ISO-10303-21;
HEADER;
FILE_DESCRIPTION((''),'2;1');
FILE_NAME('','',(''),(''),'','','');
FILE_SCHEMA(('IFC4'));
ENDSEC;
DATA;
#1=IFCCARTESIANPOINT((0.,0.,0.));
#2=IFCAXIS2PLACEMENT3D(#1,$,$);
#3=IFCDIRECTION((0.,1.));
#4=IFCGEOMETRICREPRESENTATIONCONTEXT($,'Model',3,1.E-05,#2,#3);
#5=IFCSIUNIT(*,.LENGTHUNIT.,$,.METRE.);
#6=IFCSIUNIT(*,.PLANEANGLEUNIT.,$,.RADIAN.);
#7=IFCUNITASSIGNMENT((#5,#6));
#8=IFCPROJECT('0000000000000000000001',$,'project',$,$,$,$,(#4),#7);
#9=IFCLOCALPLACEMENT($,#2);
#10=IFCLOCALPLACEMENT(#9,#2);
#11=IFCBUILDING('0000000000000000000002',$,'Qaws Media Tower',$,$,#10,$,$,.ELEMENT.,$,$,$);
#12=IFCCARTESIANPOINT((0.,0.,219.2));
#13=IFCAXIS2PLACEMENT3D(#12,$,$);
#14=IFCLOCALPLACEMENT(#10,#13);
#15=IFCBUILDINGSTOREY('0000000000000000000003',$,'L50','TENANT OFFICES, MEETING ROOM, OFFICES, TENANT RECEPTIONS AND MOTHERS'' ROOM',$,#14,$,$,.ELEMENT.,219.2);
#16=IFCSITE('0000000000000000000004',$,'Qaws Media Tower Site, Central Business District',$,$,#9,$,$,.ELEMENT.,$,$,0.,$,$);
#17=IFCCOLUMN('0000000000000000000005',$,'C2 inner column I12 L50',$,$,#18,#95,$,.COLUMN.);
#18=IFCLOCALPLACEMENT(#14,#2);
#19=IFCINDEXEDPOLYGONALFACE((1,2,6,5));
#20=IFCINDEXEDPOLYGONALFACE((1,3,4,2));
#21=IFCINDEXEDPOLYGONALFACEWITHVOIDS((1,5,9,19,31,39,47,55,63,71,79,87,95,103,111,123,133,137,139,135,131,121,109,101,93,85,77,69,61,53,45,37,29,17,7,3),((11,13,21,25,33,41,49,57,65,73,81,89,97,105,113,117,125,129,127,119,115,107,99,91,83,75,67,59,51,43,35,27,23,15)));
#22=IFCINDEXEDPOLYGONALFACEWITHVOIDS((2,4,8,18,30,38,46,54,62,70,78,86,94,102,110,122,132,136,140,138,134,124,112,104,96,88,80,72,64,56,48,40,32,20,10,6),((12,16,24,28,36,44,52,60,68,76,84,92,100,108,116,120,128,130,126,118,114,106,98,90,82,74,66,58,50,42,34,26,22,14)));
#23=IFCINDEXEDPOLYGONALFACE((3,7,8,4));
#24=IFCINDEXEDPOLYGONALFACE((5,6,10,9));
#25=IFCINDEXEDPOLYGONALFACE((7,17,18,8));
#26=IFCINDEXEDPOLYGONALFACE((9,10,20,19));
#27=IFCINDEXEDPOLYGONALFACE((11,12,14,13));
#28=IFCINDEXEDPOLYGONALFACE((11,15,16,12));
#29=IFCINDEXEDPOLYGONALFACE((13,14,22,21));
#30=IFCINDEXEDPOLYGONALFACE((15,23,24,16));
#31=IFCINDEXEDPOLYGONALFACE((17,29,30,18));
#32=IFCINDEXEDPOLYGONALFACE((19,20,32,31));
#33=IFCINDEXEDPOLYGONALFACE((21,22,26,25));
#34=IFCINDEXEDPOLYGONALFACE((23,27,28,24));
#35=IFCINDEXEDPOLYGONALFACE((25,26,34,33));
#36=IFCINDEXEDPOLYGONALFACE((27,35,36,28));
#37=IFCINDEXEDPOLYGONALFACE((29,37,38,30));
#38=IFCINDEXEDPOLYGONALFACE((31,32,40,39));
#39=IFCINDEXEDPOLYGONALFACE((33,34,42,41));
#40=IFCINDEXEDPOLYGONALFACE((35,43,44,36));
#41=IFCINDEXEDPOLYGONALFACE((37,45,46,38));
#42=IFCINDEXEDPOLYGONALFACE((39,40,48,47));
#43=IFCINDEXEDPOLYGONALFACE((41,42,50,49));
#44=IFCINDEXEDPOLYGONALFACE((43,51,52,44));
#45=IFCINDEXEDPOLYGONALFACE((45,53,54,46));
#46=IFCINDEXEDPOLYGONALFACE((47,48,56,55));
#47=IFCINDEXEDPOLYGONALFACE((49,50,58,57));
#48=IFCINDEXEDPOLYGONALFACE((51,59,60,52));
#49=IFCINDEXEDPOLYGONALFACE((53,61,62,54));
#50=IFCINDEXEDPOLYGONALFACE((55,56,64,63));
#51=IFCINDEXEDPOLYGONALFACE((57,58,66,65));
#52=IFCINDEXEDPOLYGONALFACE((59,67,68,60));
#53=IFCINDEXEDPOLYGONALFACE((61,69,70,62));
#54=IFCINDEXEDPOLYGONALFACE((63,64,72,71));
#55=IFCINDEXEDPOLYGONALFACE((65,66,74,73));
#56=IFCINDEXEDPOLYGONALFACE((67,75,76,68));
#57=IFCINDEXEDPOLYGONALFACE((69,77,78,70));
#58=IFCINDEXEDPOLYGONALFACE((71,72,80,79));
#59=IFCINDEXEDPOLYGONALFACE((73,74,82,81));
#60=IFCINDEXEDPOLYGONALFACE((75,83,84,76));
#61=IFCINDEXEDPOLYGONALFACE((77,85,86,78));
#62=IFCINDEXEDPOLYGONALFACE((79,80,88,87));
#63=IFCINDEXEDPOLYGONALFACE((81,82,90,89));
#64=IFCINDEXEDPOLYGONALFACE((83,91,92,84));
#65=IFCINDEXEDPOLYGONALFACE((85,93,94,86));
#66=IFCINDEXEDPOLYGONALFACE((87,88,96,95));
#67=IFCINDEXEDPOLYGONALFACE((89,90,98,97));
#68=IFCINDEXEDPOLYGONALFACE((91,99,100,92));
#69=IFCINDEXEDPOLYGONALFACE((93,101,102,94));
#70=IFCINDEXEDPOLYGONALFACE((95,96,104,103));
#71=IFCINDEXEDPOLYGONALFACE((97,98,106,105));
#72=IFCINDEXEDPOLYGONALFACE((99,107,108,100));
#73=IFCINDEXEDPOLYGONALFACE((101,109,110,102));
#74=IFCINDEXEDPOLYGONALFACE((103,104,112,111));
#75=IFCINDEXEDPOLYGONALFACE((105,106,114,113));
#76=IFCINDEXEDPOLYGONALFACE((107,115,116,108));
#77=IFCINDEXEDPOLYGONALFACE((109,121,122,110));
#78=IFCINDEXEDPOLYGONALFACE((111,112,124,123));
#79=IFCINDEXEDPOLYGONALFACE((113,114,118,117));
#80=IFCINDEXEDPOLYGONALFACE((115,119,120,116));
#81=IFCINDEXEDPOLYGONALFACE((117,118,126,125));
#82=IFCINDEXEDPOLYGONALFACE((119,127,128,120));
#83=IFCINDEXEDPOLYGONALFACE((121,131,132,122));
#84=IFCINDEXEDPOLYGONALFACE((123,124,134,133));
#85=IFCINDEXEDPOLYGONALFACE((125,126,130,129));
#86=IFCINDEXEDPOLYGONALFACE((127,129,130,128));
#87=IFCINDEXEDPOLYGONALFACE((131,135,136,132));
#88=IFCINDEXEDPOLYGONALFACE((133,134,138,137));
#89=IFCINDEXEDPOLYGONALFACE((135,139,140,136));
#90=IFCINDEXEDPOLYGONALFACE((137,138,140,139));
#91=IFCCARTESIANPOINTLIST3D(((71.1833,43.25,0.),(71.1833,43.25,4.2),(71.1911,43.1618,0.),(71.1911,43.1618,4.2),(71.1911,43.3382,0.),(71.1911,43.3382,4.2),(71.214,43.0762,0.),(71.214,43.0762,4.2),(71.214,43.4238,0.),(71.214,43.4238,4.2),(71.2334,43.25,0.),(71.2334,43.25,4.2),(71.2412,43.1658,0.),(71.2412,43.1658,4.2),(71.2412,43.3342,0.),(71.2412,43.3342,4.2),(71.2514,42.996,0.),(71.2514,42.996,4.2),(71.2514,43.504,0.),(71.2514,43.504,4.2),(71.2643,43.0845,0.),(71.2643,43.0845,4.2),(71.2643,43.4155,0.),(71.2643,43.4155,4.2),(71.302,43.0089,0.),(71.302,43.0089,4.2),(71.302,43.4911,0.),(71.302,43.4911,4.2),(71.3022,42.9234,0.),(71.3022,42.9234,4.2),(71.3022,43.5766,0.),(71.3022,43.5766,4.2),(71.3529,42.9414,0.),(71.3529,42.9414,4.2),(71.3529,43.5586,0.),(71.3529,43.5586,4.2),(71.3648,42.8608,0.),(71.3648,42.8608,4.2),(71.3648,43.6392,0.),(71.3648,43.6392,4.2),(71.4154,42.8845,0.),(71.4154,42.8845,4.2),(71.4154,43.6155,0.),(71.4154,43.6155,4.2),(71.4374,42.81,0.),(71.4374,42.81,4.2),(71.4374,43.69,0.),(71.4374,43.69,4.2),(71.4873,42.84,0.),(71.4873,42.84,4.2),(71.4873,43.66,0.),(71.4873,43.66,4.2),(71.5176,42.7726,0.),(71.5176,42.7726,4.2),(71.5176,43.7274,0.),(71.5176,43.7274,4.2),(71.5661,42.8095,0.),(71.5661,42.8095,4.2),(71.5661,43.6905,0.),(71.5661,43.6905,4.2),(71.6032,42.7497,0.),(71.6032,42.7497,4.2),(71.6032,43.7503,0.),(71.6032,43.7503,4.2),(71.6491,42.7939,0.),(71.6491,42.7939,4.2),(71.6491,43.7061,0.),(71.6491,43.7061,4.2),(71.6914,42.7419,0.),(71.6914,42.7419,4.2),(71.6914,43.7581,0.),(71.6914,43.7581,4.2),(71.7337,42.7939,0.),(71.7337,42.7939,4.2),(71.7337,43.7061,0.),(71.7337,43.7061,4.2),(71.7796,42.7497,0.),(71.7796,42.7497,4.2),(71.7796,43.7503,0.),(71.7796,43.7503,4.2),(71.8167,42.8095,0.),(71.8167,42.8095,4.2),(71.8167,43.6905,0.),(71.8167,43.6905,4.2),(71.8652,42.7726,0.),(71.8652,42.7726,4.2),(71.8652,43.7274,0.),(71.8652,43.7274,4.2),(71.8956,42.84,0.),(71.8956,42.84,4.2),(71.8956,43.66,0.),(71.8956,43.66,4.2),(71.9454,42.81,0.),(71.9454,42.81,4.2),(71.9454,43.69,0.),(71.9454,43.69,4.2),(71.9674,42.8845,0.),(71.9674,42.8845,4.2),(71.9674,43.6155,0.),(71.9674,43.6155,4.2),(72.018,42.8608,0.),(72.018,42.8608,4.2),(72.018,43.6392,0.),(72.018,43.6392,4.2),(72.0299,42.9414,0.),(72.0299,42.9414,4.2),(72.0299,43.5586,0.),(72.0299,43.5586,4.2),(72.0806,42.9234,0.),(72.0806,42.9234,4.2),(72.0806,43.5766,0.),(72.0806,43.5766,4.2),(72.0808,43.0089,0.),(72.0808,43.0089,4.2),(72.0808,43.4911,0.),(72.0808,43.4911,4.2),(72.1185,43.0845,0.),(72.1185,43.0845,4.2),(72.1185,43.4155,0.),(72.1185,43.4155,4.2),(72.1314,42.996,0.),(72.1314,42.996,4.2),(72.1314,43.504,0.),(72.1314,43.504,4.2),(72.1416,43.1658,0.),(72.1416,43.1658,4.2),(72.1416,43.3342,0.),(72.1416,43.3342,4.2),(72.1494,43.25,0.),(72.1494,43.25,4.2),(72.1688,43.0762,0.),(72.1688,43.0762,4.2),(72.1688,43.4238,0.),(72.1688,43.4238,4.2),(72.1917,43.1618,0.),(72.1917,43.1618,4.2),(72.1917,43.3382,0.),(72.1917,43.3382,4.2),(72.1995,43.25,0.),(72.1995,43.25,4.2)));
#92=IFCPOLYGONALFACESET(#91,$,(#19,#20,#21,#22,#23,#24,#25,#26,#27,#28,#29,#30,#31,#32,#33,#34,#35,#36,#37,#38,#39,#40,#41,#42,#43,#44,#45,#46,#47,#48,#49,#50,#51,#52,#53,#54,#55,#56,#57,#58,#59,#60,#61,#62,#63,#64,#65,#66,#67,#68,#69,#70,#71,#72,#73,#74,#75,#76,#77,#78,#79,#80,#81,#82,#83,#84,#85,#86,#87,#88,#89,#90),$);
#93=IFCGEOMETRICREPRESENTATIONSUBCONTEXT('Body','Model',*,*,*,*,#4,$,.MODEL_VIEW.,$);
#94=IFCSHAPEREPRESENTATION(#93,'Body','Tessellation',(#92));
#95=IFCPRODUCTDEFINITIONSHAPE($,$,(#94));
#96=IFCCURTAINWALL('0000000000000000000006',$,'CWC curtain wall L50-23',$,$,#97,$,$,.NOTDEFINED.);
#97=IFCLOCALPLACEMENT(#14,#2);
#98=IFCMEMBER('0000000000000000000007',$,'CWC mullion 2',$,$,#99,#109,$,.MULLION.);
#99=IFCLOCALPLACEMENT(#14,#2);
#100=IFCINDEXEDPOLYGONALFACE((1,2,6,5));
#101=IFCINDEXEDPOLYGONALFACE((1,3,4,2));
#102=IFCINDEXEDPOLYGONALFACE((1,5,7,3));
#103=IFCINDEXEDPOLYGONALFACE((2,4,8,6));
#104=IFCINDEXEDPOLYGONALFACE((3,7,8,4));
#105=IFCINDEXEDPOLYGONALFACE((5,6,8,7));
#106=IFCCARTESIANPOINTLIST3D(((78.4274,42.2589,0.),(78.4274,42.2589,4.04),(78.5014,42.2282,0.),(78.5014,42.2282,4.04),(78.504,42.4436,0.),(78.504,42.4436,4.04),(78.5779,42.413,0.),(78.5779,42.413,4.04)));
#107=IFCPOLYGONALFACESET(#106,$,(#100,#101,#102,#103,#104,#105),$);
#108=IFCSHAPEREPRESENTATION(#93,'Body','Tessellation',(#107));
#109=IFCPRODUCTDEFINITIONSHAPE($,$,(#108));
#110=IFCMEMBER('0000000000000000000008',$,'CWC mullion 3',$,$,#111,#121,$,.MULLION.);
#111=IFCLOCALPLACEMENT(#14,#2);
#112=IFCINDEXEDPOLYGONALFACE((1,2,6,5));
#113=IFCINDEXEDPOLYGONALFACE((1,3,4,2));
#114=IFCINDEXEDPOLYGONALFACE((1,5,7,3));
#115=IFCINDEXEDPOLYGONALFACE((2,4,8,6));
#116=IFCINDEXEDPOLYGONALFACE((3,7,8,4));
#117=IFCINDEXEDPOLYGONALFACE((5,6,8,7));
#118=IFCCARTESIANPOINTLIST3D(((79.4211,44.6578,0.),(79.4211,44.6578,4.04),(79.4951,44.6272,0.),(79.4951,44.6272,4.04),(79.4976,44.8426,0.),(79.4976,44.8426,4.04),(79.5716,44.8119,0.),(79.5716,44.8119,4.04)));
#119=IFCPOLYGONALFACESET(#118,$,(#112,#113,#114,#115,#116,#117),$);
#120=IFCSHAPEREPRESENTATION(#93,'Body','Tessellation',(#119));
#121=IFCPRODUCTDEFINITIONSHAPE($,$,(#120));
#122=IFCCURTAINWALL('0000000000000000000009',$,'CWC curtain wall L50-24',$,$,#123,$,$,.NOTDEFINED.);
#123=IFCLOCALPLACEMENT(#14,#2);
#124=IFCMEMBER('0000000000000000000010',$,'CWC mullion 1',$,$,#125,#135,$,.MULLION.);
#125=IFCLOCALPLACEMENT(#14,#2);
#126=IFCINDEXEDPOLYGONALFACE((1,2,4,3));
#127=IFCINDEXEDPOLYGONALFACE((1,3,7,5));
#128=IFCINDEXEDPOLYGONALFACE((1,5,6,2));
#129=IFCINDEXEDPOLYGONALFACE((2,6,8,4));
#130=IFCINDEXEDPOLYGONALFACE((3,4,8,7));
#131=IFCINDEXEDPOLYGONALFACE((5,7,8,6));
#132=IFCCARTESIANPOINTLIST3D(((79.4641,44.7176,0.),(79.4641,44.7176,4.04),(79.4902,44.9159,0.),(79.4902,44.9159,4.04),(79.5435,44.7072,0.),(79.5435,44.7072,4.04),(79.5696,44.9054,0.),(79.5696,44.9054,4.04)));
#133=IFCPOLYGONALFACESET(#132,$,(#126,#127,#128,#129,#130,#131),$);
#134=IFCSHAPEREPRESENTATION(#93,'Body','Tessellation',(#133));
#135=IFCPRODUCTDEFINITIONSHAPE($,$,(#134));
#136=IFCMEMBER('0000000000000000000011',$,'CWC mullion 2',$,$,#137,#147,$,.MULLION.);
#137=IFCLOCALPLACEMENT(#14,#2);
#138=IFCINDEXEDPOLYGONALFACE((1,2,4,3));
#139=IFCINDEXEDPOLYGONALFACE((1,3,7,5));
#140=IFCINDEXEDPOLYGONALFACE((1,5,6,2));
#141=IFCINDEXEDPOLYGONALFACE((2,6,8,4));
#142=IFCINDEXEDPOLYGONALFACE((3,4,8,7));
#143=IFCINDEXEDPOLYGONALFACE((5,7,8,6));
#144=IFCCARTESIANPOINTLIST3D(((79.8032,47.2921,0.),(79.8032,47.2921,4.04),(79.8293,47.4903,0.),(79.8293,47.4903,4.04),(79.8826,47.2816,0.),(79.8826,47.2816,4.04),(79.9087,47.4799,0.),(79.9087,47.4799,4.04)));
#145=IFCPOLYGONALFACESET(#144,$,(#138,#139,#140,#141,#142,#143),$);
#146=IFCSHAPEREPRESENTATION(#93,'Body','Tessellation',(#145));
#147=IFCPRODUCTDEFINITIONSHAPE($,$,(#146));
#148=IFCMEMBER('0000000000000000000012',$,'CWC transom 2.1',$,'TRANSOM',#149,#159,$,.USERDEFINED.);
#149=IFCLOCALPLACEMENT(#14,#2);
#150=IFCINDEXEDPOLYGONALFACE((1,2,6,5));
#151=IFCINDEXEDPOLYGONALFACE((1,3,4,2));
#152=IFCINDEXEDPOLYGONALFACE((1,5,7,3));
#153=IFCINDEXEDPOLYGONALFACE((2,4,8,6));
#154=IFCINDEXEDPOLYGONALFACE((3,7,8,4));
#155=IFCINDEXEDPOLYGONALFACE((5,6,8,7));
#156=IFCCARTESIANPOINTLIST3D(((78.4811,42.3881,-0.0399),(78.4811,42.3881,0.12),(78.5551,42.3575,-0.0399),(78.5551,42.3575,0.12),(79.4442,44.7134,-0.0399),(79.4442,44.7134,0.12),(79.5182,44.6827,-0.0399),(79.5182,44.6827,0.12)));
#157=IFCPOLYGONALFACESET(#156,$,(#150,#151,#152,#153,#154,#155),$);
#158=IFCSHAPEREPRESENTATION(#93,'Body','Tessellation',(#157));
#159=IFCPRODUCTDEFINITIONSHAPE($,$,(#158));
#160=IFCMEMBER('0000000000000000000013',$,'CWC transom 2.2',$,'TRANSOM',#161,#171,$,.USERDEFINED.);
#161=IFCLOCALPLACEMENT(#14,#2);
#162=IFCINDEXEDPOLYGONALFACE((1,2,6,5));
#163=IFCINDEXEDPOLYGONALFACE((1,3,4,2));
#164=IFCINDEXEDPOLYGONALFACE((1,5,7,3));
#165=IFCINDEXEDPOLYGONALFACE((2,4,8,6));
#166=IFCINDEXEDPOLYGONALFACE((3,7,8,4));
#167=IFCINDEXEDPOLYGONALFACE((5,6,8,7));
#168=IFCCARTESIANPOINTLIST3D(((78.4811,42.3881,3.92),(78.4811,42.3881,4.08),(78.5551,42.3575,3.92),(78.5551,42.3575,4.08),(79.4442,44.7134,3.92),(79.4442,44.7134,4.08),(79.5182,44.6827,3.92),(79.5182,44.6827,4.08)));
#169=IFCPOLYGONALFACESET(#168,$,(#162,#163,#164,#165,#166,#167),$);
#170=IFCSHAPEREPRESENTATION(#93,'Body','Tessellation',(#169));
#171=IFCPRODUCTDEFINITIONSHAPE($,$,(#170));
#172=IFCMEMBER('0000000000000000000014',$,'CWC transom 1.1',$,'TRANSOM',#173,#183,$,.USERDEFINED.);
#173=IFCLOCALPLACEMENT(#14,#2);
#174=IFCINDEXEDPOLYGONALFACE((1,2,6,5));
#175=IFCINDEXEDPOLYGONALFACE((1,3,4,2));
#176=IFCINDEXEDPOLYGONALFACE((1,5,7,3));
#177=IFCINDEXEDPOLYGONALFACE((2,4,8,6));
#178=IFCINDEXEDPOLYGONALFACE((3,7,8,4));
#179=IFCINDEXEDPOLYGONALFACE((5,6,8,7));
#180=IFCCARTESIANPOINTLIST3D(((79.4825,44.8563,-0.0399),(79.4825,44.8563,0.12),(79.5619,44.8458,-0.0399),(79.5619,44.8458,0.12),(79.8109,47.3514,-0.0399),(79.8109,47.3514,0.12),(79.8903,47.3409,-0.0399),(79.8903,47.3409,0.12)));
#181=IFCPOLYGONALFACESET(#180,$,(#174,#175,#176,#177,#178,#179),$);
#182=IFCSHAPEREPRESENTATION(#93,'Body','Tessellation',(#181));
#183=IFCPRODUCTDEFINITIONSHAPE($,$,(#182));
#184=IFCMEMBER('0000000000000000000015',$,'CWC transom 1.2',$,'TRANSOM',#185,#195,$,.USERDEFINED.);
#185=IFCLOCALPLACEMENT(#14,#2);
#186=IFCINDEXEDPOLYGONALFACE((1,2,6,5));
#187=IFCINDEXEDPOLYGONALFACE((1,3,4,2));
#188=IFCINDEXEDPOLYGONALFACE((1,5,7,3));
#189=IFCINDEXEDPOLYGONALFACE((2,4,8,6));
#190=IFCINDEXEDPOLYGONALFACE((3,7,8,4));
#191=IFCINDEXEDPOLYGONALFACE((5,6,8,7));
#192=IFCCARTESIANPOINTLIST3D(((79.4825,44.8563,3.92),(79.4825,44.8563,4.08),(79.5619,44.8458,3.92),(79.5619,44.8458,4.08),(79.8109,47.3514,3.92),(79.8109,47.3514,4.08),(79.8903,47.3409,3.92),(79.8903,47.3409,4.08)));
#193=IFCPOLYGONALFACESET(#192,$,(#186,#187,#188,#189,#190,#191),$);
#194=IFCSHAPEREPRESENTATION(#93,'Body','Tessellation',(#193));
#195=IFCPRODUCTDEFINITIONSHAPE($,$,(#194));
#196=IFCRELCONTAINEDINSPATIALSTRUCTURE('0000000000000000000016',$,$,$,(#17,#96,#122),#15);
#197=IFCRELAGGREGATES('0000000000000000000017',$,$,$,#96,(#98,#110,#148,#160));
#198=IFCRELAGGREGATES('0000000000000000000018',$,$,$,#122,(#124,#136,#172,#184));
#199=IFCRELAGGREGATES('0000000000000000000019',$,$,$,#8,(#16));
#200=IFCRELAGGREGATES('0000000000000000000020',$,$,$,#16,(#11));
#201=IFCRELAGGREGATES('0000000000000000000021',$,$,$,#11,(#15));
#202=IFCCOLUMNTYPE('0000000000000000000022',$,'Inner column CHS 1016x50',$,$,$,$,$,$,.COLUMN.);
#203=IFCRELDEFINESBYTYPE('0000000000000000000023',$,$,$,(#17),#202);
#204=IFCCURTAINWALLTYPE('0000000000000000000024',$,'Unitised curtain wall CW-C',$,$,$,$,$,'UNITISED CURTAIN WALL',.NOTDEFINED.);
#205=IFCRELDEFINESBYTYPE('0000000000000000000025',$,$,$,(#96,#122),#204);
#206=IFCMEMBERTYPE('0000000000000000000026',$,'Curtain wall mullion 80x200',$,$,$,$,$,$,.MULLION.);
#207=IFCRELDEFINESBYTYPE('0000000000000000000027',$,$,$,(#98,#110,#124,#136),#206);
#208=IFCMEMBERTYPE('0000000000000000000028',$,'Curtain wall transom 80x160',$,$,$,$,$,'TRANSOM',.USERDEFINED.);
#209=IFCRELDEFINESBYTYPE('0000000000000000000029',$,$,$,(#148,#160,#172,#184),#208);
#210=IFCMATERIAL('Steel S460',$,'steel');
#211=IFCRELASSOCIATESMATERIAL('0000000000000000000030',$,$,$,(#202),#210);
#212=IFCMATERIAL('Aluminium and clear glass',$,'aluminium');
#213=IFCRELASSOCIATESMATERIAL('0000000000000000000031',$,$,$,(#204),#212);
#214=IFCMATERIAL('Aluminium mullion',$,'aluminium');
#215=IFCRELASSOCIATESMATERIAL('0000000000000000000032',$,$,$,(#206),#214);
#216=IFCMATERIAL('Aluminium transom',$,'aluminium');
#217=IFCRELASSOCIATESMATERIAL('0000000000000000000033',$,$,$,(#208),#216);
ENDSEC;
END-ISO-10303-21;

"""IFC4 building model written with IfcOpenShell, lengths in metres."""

from ifc_helpers import new_model, si_unit, direction, frame, origin, origin_2d, place, context, subcontext, project, spatial, rectangle, hollow_circle, extrude, material, material_profile, profile_set, type_object, element, aggregate, save


model = new_model("IFC4")

# Units and contexts
model_context = context("Model", 3, precision=1e-05, world=origin(), true_north=direction((0.0, 1.0)))
body_context = subcontext(model_context, "Body", "Model", "MODEL_VIEW")
ifc_project = project(units=[si_unit("LENGTHUNIT", "METRE"), si_unit("PLANEANGLEUNIT", "RADIAN")], contexts=[model_context])

# Site, building, storey
site_placement = place(None, origin())
site = spatial("IfcSite", under=ifc_project, at=site_placement, Name="Qaws Media Tower Site, Central Business District", CompositionType="ELEMENT", RefElevation=0.0)
building_placement = place(site_placement, origin())
building = spatial("IfcBuilding", under=site, at=building_placement, Name="Qaws Media Tower", CompositionType="ELEMENT")
storey_placement = place(building_placement, frame((0.0, 0.0, 219.2)))
storey = spatial("IfcBuildingStorey", under=building, at=storey_placement, Name="L50", Description="TENANT OFFICES, MEETING ROOM, OFFICES, TENANT RECEPTIONS AND MOTHERS' ROOM", CompositionType="ELEMENT", Elevation=219.2)

# Column
ifc_material_1 = material(Name="Steel S460", Category="steel")
ifc_material_profile_1 = material_profile(ifc_material_1, hollow_circle(Radius=0.5081, WallThickness=0.05, at=origin_2d()), Name="CHS 1016x50")
ifc_profile_set_1 = profile_set([ifc_material_profile_1], Name="Steel S460")
column_type = type_object("IfcColumnType", Name="Inner column CHS 1016x50", PredefinedType="COLUMN", material=ifc_profile_set_1)
column_placement = place(storey_placement, frame((71.6914, 43.25, 0.0), z_axis=(0.0, 0.0, 1.0), x_axis=(1.0, 0.0, 0.0)))
element("IfcColumn", 1, at=column_placement, inside=storey, type_object=column_type, Name="C2 inner column I12 L50", PredefinedType="COLUMN", context=body_context, shape_type="SweptSolid", body=[
    extrude(hollow_circle(Radius=0.5081, WallThickness=0.05, at=origin_2d()), origin(), (0.0, 0.0, 1.0), 4.2),
])

# Curtain walls, members
ifc_material_2 = material(Name="Aluminium and clear glass", Category="aluminium")
curtain_wall_type = type_object("IfcCurtainWallType", Name="Unitised curtain wall CW-C", ElementType="UNITISED CURTAIN WALL", PredefinedType="NOTDEFINED", material=ifc_material_2)
curtain_wall_1_placement = place(storey_placement, origin())
curtain_wall_1 = element("IfcCurtainWall", 2, at=curtain_wall_1_placement, inside=storey, type_object=curtain_wall_type, Name="CWC curtain wall L50-23", PredefinedType="NOTDEFINED")
ifc_material_3 = material(Name="Aluminium mullion", Category="aluminium")
ifc_material_profile_2 = material_profile(ifc_material_3, rectangle(XDim=0.0801, YDim=0.2, at=origin_2d()), Name="80x200")
ifc_profile_set_2 = profile_set([ifc_material_profile_2], Name="Aluminium mullion")
member_type_1 = type_object("IfcMemberType", Name="Curtain wall mullion 80x200", PredefinedType="MULLION", material=ifc_profile_set_2)
member_1_placement = place(storey_placement, frame((78.5027, 42.3359, 0.0), z_axis=(0.0, 0.0, 1.0), x_axis=(-0.923879, 0.382684, 0.0)))
member_1 = element("IfcMember", 3, at=member_1_placement, type_object=member_type_1, Name="CWC mullion 2", PredefinedType="MULLION", context=body_context, shape_type="SweptSolid", body=[
    extrude(rectangle(XDim=0.0801, YDim=0.2, at=origin_2d()), origin(), (0.0, 0.0, 1.0), 4.04),
])
member_2_placement = place(storey_placement, frame((79.4963, 44.7349, 0.0), z_axis=(0.0, 0.0, 1.0), x_axis=(-0.923879, 0.382684, 0.0)))
member_2 = element("IfcMember", 4, at=member_2_placement, type_object=member_type_1, Name="CWC mullion 3", PredefinedType="MULLION", context=body_context, shape_type="SweptSolid", body=[
    extrude(rectangle(XDim=0.0801, YDim=0.2, at=origin_2d()), origin(), (0.0, 0.0, 1.0), 4.04),
])
curtain_wall_2_placement = place(storey_placement, origin())
curtain_wall_2 = element("IfcCurtainWall", 5, at=curtain_wall_2_placement, inside=storey, type_object=curtain_wall_type, Name="CWC curtain wall L50-24", PredefinedType="NOTDEFINED")
member_3_placement = place(storey_placement, frame((79.5168, 44.8115, 0.0), z_axis=(0.0, 0.0, 1.0), x_axis=(-0.991445, 0.130526, 0.0)))
member_3 = element("IfcMember", 6, at=member_3_placement, type_object=member_type_1, Name="CWC mullion 1", PredefinedType="MULLION", context=body_context, shape_type="SweptSolid", body=[
    extrude(rectangle(XDim=0.0801, YDim=0.2, at=origin_2d()), origin(), (0.0, 0.0, 1.0), 4.04),
])
member_4_placement = place(storey_placement, frame((79.856, 47.386, 0.0), z_axis=(0.0, 0.0, 1.0), x_axis=(-0.991445, 0.130526, 0.0)))
member_4 = element("IfcMember", 7, at=member_4_placement, type_object=member_type_1, Name="CWC mullion 2", PredefinedType="MULLION", context=body_context, shape_type="SweptSolid", body=[
    extrude(rectangle(XDim=0.0801, YDim=0.2, at=origin_2d()), origin(), (0.0, 0.0, 1.0), 4.04),
])

# Members
ifc_material_4 = material(Name="Aluminium transom", Category="aluminium")
ifc_material_profile_3 = material_profile(ifc_material_4, rectangle(XDim=0.0801, YDim=0.1599, at=origin_2d()), Name="80x160")
ifc_profile_set_3 = profile_set([ifc_material_profile_3], Name="Aluminium transom")
member_type_2 = type_object("IfcMemberType", Name="Curtain wall transom 80x160", ElementType="TRANSOM", PredefinedType="USERDEFINED", material=ifc_profile_set_3)
member_5_placement = place(storey_placement, frame((78.5181, 42.3728, 0.04), z_axis=(0.382686, 0.923879, 0.0), x_axis=(-0.923879, 0.382686, 0.0)))
member_5 = element("IfcMember", 8, at=member_5_placement, type_object=member_type_2, Name="CWC transom 2.1", ObjectType="TRANSOM", PredefinedType="USERDEFINED", context=body_context, shape_type="SweptSolid", body=[
    extrude(rectangle(XDim=0.0801, YDim=0.1599, at=origin_2d()), origin(), (0.0, 0.0, 1.0), 2.5168),
])
member_6_placement = place(storey_placement, frame((78.5181, 42.3728, 4.0), z_axis=(0.382686, 0.923879, 0.0), x_axis=(-0.923879, 0.382686, 0.0)))
member_6 = element("IfcMember", 9, at=member_6_placement, type_object=member_type_2, Name="CWC transom 2.2", ObjectType="TRANSOM", PredefinedType="USERDEFINED", context=body_context, shape_type="SweptSolid", body=[
    extrude(rectangle(XDim=0.0801, YDim=0.1599, at=origin_2d()), origin(), (0.0, 0.0, 1.0), 2.5168),
])
member_7_placement = place(storey_placement, frame((79.5222, 44.8511, 0.04), z_axis=(0.13048, 0.991451, 0.0), x_axis=(-0.991451, 0.13048, 0.0)))
member_7 = element("IfcMember", 10, at=member_7_placement, type_object=member_type_2, Name="CWC transom 1.1", ObjectType="TRANSOM", PredefinedType="USERDEFINED", context=body_context, shape_type="SweptSolid", body=[
    extrude(rectangle(XDim=0.0801, YDim=0.1599, at=origin_2d()), origin(), (0.0, 0.0, 1.0), 2.5166),
])
member_8_placement = place(storey_placement, frame((79.5222, 44.8511, 4.0), z_axis=(0.13048, 0.991451, 0.0), x_axis=(-0.991451, 0.13048, 0.0)))
member_8 = element("IfcMember", 11, at=member_8_placement, type_object=member_type_2, Name="CWC transom 1.2", ObjectType="TRANSOM", PredefinedType="USERDEFINED", context=body_context, shape_type="SweptSolid", body=[
    extrude(rectangle(XDim=0.0801, YDim=0.1599, at=origin_2d()), origin(), (0.0, 0.0, 1.0), 2.5166),
])

aggregate(curtain_wall_1, [member_1, member_2, member_5, member_6])
aggregate(curtain_wall_2, [member_3, member_4, member_7, member_8])

save(model, "model.ifc")
